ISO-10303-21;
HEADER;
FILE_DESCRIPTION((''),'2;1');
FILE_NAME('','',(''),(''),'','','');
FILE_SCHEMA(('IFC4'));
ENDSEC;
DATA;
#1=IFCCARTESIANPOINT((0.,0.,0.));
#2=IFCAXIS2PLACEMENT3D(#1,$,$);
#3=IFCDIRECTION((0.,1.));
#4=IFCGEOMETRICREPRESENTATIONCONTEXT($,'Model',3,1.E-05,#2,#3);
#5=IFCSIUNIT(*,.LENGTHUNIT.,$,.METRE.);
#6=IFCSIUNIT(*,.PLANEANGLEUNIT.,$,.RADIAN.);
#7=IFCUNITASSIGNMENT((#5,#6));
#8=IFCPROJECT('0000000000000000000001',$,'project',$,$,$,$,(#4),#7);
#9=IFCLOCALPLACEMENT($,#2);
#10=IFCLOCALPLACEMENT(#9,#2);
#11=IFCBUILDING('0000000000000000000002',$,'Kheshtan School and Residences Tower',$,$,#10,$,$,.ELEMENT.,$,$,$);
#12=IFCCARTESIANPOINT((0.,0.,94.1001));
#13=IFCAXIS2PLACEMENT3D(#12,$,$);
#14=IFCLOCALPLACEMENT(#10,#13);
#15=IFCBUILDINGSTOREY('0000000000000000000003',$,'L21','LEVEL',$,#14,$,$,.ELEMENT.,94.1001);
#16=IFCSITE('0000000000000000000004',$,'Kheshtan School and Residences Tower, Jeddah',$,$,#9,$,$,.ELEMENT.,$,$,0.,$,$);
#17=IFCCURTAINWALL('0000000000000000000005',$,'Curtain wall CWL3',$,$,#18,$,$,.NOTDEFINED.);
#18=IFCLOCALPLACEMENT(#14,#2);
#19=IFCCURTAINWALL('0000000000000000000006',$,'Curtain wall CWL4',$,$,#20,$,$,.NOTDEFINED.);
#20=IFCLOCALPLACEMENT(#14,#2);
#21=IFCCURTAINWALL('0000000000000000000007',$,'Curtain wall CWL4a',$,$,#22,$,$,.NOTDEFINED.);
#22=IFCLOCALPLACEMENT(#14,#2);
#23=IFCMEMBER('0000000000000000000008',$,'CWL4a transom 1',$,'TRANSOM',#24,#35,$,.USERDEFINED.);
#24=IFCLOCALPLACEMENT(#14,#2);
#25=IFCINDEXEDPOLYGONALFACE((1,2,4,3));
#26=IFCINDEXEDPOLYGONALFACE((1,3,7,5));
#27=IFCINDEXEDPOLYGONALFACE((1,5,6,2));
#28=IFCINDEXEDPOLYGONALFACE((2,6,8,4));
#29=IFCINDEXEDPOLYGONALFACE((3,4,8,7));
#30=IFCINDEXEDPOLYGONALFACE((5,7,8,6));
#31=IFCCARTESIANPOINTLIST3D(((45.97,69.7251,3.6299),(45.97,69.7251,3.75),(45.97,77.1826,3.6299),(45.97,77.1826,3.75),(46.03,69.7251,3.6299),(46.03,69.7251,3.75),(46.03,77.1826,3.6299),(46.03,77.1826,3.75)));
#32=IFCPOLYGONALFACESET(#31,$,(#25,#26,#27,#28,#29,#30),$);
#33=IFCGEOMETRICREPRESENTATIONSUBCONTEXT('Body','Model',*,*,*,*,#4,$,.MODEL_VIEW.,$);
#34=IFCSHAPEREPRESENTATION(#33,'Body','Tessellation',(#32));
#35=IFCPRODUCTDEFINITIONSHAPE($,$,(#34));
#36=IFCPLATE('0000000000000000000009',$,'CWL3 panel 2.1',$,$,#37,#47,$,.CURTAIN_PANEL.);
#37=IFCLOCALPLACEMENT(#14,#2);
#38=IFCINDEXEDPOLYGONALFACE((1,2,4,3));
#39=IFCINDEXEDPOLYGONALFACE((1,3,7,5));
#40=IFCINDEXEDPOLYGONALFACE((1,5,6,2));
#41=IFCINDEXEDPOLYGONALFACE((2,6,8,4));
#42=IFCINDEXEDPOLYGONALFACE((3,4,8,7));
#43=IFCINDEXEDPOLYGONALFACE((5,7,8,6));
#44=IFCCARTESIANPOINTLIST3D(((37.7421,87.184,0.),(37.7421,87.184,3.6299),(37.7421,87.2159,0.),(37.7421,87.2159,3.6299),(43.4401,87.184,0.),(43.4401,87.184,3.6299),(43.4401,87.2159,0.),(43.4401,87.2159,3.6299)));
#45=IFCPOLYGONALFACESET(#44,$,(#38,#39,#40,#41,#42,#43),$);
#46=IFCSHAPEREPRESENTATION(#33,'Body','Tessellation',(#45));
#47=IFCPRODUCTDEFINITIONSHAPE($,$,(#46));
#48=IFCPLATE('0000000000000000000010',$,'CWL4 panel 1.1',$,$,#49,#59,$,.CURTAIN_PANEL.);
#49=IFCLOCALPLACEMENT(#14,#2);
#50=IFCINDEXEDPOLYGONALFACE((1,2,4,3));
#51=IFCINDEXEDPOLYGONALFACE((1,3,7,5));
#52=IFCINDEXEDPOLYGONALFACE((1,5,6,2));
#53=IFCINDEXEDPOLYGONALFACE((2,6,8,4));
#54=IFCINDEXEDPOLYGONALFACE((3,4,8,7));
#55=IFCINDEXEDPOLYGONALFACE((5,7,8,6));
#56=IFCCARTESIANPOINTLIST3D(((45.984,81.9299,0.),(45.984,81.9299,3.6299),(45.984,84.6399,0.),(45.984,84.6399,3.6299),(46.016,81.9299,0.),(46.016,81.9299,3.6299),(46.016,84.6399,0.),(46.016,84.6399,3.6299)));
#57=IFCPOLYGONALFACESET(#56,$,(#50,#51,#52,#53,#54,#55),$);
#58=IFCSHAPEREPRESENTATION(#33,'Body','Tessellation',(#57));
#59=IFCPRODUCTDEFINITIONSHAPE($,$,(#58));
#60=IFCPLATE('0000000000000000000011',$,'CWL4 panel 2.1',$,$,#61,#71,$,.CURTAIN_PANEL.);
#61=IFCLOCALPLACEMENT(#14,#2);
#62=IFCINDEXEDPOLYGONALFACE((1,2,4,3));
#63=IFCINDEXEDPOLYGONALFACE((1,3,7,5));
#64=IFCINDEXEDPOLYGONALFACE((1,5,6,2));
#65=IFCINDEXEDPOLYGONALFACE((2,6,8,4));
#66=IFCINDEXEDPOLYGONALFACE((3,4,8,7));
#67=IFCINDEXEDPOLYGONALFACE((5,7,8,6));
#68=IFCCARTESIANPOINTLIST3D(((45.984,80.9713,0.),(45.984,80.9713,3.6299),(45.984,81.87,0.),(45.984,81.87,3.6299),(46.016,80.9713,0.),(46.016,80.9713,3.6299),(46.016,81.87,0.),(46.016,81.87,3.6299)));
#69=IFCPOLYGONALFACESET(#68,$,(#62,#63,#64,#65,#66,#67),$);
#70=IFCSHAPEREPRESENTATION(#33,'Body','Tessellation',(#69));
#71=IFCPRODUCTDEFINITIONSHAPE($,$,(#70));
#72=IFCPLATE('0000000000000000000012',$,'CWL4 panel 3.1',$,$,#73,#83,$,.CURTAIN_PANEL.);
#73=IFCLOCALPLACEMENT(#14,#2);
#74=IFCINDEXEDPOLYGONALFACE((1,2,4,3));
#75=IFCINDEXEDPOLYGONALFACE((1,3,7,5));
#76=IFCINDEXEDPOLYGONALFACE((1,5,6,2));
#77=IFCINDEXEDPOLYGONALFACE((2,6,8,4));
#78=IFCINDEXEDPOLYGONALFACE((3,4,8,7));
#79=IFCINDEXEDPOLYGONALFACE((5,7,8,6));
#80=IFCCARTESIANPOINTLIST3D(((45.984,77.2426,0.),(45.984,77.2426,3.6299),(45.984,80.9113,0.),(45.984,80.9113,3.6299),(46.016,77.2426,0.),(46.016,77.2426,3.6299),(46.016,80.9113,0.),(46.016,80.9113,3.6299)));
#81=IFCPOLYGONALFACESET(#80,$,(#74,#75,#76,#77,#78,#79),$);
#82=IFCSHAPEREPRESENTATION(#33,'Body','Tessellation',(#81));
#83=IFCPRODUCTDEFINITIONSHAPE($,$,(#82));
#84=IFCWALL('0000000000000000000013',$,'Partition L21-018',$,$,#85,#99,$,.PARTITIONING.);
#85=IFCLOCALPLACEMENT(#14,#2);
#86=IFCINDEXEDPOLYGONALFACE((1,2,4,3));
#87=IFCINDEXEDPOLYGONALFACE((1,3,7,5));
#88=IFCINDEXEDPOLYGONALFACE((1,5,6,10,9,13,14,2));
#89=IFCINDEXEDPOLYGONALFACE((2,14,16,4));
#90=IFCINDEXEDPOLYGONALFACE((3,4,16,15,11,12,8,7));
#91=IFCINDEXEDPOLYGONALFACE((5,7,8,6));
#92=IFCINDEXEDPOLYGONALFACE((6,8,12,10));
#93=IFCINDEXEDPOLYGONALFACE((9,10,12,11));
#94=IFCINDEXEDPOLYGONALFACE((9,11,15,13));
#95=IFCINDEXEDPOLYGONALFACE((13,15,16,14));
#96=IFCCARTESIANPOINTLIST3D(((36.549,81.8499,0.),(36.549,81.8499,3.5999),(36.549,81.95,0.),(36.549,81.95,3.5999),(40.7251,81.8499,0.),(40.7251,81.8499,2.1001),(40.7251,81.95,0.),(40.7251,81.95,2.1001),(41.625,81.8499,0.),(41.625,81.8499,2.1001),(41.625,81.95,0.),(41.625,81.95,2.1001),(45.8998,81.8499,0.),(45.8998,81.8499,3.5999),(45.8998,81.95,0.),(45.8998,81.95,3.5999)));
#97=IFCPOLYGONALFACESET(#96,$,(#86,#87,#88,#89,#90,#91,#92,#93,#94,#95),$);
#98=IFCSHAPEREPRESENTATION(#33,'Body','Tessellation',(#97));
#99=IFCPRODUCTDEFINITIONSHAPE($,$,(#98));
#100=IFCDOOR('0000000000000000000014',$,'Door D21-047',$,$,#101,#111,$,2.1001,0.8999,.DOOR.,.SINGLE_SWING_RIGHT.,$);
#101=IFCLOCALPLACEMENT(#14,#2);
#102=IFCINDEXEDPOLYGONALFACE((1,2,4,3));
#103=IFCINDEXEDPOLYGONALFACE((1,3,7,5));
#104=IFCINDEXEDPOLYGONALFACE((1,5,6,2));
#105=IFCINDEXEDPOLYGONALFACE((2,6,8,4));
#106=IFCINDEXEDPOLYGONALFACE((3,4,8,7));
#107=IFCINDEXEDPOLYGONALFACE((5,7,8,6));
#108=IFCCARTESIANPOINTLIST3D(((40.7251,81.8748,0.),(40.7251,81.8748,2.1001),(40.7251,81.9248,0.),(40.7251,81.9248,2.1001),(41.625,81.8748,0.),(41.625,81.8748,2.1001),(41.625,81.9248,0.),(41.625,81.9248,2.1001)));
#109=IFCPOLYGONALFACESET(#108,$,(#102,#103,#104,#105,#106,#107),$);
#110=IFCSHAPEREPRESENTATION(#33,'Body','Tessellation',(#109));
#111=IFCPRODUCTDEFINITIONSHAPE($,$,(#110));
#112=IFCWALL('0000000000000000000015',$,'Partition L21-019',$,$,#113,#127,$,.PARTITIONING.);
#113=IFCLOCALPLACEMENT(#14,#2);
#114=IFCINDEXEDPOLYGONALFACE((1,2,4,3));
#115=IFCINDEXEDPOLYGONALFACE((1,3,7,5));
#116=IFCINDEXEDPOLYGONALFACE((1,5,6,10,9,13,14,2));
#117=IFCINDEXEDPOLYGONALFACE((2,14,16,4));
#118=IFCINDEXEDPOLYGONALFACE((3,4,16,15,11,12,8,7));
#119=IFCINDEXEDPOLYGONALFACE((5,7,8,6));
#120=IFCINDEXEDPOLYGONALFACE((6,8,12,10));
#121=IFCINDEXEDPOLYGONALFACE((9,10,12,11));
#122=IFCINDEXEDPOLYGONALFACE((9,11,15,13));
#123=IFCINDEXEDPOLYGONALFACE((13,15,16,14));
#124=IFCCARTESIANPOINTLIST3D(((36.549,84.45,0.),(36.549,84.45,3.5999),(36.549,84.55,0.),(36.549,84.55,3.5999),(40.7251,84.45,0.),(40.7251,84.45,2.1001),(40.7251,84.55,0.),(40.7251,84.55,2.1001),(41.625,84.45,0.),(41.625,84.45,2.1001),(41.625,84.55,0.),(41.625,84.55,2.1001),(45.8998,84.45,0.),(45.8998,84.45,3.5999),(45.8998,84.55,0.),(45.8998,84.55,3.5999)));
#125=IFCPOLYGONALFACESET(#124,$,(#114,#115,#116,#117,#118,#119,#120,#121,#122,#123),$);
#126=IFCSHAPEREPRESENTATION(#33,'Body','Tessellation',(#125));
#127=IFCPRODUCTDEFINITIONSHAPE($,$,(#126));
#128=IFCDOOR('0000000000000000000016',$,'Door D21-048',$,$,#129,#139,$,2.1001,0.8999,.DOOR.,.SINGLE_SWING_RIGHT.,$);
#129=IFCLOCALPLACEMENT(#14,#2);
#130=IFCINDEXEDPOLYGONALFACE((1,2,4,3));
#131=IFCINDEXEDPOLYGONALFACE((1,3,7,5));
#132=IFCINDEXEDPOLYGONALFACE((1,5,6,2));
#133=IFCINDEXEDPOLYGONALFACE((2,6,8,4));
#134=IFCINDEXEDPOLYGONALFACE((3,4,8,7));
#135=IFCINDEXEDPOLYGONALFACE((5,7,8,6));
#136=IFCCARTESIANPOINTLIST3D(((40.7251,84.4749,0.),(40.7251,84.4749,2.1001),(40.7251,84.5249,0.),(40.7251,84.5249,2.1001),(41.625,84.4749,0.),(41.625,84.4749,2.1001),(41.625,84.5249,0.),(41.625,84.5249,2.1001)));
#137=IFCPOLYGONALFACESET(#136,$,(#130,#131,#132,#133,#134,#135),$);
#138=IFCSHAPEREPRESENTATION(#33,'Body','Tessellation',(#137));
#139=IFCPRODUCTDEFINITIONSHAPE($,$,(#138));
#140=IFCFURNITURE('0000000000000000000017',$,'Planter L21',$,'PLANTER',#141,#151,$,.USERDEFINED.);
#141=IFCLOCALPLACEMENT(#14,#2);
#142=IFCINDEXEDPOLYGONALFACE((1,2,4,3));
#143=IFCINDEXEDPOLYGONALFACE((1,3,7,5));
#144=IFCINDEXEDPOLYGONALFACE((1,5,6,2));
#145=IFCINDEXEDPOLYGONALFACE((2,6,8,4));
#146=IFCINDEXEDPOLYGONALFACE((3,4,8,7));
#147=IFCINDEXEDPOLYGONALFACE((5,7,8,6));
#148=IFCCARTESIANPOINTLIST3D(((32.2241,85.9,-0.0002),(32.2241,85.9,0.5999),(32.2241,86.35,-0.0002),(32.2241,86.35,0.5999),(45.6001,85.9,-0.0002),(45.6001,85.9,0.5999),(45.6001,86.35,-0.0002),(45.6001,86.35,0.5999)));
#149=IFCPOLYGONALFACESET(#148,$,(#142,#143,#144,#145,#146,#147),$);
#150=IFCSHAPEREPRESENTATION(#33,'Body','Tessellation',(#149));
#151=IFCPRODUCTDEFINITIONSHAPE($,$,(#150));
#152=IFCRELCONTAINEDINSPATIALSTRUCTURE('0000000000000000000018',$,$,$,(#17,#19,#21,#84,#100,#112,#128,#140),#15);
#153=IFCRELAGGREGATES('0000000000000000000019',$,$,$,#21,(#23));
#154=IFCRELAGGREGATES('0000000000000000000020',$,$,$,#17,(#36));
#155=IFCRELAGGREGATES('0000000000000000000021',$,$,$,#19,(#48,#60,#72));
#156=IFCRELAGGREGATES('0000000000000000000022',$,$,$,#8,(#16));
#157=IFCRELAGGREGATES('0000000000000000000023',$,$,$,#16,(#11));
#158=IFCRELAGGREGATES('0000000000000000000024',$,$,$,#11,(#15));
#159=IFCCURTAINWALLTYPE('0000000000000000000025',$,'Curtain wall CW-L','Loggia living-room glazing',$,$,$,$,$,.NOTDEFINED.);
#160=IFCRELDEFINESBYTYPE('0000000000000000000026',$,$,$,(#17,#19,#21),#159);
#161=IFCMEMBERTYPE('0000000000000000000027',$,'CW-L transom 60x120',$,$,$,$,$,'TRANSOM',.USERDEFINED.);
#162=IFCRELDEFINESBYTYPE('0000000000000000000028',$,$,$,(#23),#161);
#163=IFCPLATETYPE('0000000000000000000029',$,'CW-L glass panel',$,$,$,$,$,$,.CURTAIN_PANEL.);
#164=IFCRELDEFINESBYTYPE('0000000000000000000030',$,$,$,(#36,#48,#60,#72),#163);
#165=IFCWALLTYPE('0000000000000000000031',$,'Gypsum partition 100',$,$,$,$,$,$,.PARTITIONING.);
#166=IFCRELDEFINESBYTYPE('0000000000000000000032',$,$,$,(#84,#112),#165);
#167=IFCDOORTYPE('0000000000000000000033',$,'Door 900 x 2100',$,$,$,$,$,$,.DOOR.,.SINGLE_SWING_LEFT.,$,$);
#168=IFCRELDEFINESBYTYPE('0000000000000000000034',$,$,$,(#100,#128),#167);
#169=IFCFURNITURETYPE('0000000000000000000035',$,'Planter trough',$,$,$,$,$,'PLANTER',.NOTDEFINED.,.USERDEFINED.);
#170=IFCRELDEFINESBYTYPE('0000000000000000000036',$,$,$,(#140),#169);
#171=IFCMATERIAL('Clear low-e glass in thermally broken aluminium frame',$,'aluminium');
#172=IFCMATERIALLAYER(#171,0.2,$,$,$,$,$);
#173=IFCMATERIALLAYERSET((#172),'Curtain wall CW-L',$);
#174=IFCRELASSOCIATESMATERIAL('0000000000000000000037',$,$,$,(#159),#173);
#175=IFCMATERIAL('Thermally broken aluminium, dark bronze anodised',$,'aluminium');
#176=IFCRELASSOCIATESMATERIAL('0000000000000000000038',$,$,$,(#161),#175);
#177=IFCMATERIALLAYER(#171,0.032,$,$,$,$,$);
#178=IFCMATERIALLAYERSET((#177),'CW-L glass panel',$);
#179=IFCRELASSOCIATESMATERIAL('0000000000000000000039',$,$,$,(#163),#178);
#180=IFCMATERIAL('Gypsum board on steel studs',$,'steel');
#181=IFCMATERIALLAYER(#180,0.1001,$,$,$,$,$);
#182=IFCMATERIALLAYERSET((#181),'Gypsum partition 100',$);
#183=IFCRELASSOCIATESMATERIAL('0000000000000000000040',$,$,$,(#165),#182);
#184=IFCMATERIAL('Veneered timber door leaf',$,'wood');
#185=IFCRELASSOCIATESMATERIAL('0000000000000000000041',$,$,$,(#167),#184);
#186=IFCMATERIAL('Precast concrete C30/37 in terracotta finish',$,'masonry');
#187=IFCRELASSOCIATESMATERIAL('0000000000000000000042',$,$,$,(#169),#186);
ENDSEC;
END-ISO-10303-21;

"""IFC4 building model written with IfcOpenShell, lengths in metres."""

from ifc_helpers import new_model, si_unit, direction, frame, frame_2d, origin, origin_2d, place, context, subcontext, project, spatial, rectangle, extrude, source, transform, mapped, material, layer, layer_set, material_profile, profile_set, type_object, element, fill, aggregate, save


model = new_model("IFC4")

# Units and contexts
model_context = context("Model", 3, precision=1e-05, world=origin(), true_north=direction((0.0, 1.0)))
body_context = subcontext(model_context, "Body", "Model", "MODEL_VIEW")
ifc_project = project(units=[si_unit("LENGTHUNIT", "METRE"), si_unit("PLANEANGLEUNIT", "RADIAN")], contexts=[model_context])

# Site, building, storey
site_placement = place(None, origin())
site = spatial("IfcSite", under=ifc_project, at=site_placement, Name="Kheshtan School and Residences Tower, Jeddah", CompositionType="ELEMENT", RefElevation=0.0)
building_placement = place(site_placement, origin())
building = spatial("IfcBuilding", under=site, at=building_placement, Name="Kheshtan School and Residences Tower", CompositionType="ELEMENT")
storey_placement = place(building_placement, frame((0.0, 0.0, 94.1001)))
storey = spatial("IfcBuildingStorey", under=building, at=storey_placement, Name="L21", Description="LEVEL", CompositionType="ELEMENT", Elevation=94.1001)

# Curtain walls
ifc_material_1 = material(Name="Clear low-e glass in thermally broken aluminium frame", Category="aluminium")
ifc_layer_1 = layer(ifc_material_1, 0.2)
ifc_layer_set_1 = layer_set([ifc_layer_1], Name="Curtain wall CW-L")
curtain_wall_type = type_object("IfcCurtainWallType", Name="Curtain wall CW-L", Description="Loggia living-room glazing", PredefinedType="NOTDEFINED", material=ifc_layer_set_1)
curtain_wall_1_placement = place(storey_placement, origin())
curtain_wall_1 = element("IfcCurtainWall", 1, at=curtain_wall_1_placement, inside=storey, type_object=curtain_wall_type, Name="Curtain wall CWL3", PredefinedType="NOTDEFINED")
ifc_material_2 = material(Name="Thermally broken aluminium, dark bronze anodised", Category="aluminium")
curtain_wall_2_placement = place(storey_placement, origin())
curtain_wall_2 = element("IfcCurtainWall", 2, at=curtain_wall_2_placement, inside=storey, type_object=curtain_wall_type, Name="Curtain wall CWL4", PredefinedType="NOTDEFINED")
ifc_material_profile_1 = material_profile(ifc_material_2, rectangle(XDim=0.0601, YDim=0.1201, at=origin_2d()), Name="CW-L transom 60x120")
ifc_profile_set_1 = profile_set([ifc_material_profile_1], Name="Thermally broken aluminium, dark bronze anodised")
member_type_1 = type_object("IfcMemberType", Name="CW-L transom 60x120", ElementType="TRANSOM", PredefinedType="USERDEFINED", material=ifc_profile_set_1)

# Curtain wall, member
curtain_wall_3_placement = place(storey_placement, origin())
curtain_wall_3 = element("IfcCurtainWall", 3, at=curtain_wall_3_placement, inside=storey, type_object=curtain_wall_type, Name="Curtain wall CWL4a", PredefinedType="NOTDEFINED")
member_1_placement = place(storey_placement, frame((46.0, 77.1826, 3.6899), z_axis=(0.0, -1.0, 0.0), x_axis=(1.0, 0.0, 0.0)))
member_1 = element("IfcMember", 4, at=member_1_placement, type_object=member_type_1, Name="CWL4a transom 1", ObjectType="TRANSOM", PredefinedType="USERDEFINED", context=body_context, shape_type="SweptSolid", body=[
    extrude(rectangle(XDim=0.0601, YDim=0.1201, at=origin_2d()), origin(), (0.0, 0.0, 1.0), 7.4575),
])
aggregate(curtain_wall_3, [member_1])

# Plates
ifc_layer_2 = layer(ifc_material_1, 0.032)
ifc_layer_set_2 = layer_set([ifc_layer_2], Name="CW-L glass panel")
plate_type = type_object("IfcPlateType", Name="CW-L glass panel", PredefinedType="CURTAIN_PANEL", material=ifc_layer_set_2)
plate_1_placement = place(storey_placement, frame((40.5911, 87.2, 0.0), z_axis=(0.0, 0.0, 1.0), x_axis=(1.0, 0.0, 0.0)))
plate_1 = element("IfcPlate", 5, at=plate_1_placement, type_object=plate_type, Name="CWL3 panel 2.1", PredefinedType="CURTAIN_PANEL", context=body_context, shape_type="SweptSolid", body=[
    extrude(rectangle(XDim=5.698, YDim=0.032, at=origin_2d()), origin(), (0.0, 0.0, 1.0), 3.6299),
])
aggregate(curtain_wall_1, [plate_1])
plate_2_placement = place(storey_placement, frame((46.0, 83.2849, 0.0), z_axis=(0.0, 0.0, 1.0), x_axis=(0.0, -1.0, 0.0)))
plate_2 = element("IfcPlate", 6, at=plate_2_placement, type_object=plate_type, Name="CWL4 panel 1.1", PredefinedType="CURTAIN_PANEL", context=body_context, shape_type="SweptSolid", body=[
    extrude(rectangle(XDim=2.71, YDim=0.032, at=origin_2d()), origin(), (0.0, 0.0, 1.0), 3.6299),
])
plate_3_placement = place(storey_placement, frame((46.0, 81.4207, 0.0), z_axis=(0.0, 0.0, 1.0), x_axis=(0.0, -1.0, 0.0)))
plate_3 = element("IfcPlate", 7, at=plate_3_placement, type_object=plate_type, Name="CWL4 panel 2.1", PredefinedType="CURTAIN_PANEL", context=body_context, shape_type="SweptSolid", body=[
    extrude(rectangle(XDim=0.8987, YDim=0.032, at=origin_2d()), origin(), (0.0, 0.0, 1.0), 3.6299),
])
plate_4_placement = place(storey_placement, frame((46.0, 79.0769, 0.0), z_axis=(0.0, 0.0, 1.0), x_axis=(0.0, -1.0, 0.0)))
plate_4 = element("IfcPlate", 8, at=plate_4_placement, type_object=plate_type, Name="CWL4 panel 3.1", PredefinedType="CURTAIN_PANEL", context=body_context, shape_type="SweptSolid", body=[
    extrude(rectangle(XDim=3.6687, YDim=0.032, at=origin_2d()), origin(), (0.0, 0.0, 1.0), 3.6299),
])
aggregate(curtain_wall_2, [plate_2, plate_3, plate_4])

# Walls, openings, doors
ifc_material_3 = material(Name="Gypsum board on steel studs", Category="steel")
ifc_layer_3 = layer(ifc_material_3, 0.1001)
ifc_layer_set_3 = layer_set([ifc_layer_3], Name="Gypsum partition 100")
wall_type_1 = type_object("IfcWallType", Name="Gypsum partition 100", PredefinedType="PARTITIONING", material=ifc_layer_set_3)
wall_1_placement = place(storey_placement, frame((36.5491, 81.8999, 0.0), z_axis=(0.0, 0.0, 1.0), x_axis=(1.0, 0.0, 0.0)))
wall_1 = element("IfcWall", 9, at=wall_1_placement, inside=storey, type_object=wall_type_1, Name="Partition L21-018", PredefinedType="PARTITIONING", context=body_context, shape_type="SweptSolid", body=[
    extrude(rectangle(XDim=9.3508, YDim=0.1001, at=frame_2d((4.6753, 0.0))), origin(), (0.0, 0.0, 1.0), 3.5999),
])
opening_1_placement = place(wall_1_placement, frame((4.176, 0.0, 0.0)))
opening_1 = element("IfcOpeningElement", 10, at=opening_1_placement, cuts=wall_1, PredefinedType="OPENING", context=body_context, shape_type="SweptSolid", body=[
    extrude(rectangle(XDim=0.8999, YDim=2.1001, at=frame_2d((0.45, 1.05))), frame((0.0, 0.0601, 0.0), z_axis=(0.0, -1.0, 0.0), x_axis=(1.0, 0.0, 0.0)), (0.0, 0.0, 1.0), 0.1201),
])
ifc_material_4 = material(Name="Veneered timber door leaf", Category="wood")
door_type_1 = type_object("IfcDoorType", Name="Door 900 x 2100", OperationType="SINGLE_SWING_LEFT", PredefinedType="DOOR", material=ifc_material_4)
shared_shape_1 = source(origin(), body_context, "Body", "SweptSolid", [
    extrude(rectangle(XDim=0.8999, YDim=2.1001, at=frame_2d((0.45, 1.05))), frame((0.0, 0.0249, 0.0), z_axis=(0.0, -1.0, 0.0), x_axis=(1.0, 0.0, 0.0)), (0.0, 0.0, 1.0), 0.05),
])
door_1_placement = place(opening_1_placement, origin())
door_1 = element("IfcDoor", 11, at=door_1_placement, inside=storey, type_object=door_type_1, Name="Door D21-047", OperationType="SINGLE_SWING_RIGHT", OverallHeight=2.1001, OverallWidth=0.8999, PredefinedType="DOOR", context=body_context, shape_type="MappedRepresentation", body=[
    mapped(shared_shape_1, transform((0.0, 0.0, 0.0), x_axis=(1.0, 0.0, 0.0), y_axis=(0.0, 1.0, 0.0), z_axis=(0.0, 0.0, 1.0), scale=1.0)),
])
fill(opening_1, door_1)
wall_2_placement = place(storey_placement, frame((36.5491, 84.5, 0.0), z_axis=(0.0, 0.0, 1.0), x_axis=(1.0, 0.0, 0.0)))
wall_2 = element("IfcWall", 12, at=wall_2_placement, inside=storey, type_object=wall_type_1, Name="Partition L21-019", PredefinedType="PARTITIONING", context=body_context, shape_type="SweptSolid", body=[
    extrude(rectangle(XDim=9.3508, YDim=0.1001, at=frame_2d((4.6753, 0.0))), origin(), (0.0, 0.0, 1.0), 3.5999),
])
opening_2_placement = place(wall_2_placement, frame((4.176, 0.0, 0.0)))
opening_2 = element("IfcOpeningElement", 13, at=opening_2_placement, cuts=wall_2, PredefinedType="OPENING", context=body_context, shape_type="SweptSolid", body=[
    extrude(rectangle(XDim=0.8999, YDim=2.1001, at=frame_2d((0.45, 1.05))), frame((0.0, 0.0601, 0.0), z_axis=(0.0, -1.0, 0.0), x_axis=(1.0, 0.0, 0.0)), (0.0, 0.0, 1.0), 0.1201),
])
door_2_placement = place(opening_2_placement, origin())
door_2 = element("IfcDoor", 14, at=door_2_placement, inside=storey, type_object=door_type_1, Name="Door D21-048", OperationType="SINGLE_SWING_RIGHT", OverallHeight=2.1001, OverallWidth=0.8999, PredefinedType="DOOR", context=body_context, shape_type="MappedRepresentation", body=[
    mapped(shared_shape_1, transform((0.0, 0.0, 0.0), x_axis=(1.0, 0.0, 0.0), y_axis=(0.0, 1.0, 0.0), z_axis=(0.0, 0.0, 1.0), scale=1.0)),
])
fill(opening_2, door_2)

# Furniture
ifc_material_5 = material(Name="Precast concrete C30/37 in terracotta finish", Category="masonry")
furniture_type = type_object("IfcFurnitureType", Name="Planter trough", ElementType="PLANTER", AssemblyPlace="NOTDEFINED", PredefinedType="USERDEFINED", material=ifc_material_5)
furniture_placement = place(storey_placement, frame((38.9121, 86.125, -0.0002), z_axis=(0.0, 0.0, 1.0), x_axis=(1.0, 0.0, 0.0)))
element("IfcFurniture", 15, at=furniture_placement, inside=storey, type_object=furniture_type, Name="Planter L21", ObjectType="PLANTER", PredefinedType="USERDEFINED", context=body_context, shape_type="SweptSolid", body=[
    extrude(rectangle(XDim=13.376, YDim=0.45, at=origin_2d()), origin(), (0.0, 0.0, 1.0), 0.6001),
])

save(model, "model.ifc")
